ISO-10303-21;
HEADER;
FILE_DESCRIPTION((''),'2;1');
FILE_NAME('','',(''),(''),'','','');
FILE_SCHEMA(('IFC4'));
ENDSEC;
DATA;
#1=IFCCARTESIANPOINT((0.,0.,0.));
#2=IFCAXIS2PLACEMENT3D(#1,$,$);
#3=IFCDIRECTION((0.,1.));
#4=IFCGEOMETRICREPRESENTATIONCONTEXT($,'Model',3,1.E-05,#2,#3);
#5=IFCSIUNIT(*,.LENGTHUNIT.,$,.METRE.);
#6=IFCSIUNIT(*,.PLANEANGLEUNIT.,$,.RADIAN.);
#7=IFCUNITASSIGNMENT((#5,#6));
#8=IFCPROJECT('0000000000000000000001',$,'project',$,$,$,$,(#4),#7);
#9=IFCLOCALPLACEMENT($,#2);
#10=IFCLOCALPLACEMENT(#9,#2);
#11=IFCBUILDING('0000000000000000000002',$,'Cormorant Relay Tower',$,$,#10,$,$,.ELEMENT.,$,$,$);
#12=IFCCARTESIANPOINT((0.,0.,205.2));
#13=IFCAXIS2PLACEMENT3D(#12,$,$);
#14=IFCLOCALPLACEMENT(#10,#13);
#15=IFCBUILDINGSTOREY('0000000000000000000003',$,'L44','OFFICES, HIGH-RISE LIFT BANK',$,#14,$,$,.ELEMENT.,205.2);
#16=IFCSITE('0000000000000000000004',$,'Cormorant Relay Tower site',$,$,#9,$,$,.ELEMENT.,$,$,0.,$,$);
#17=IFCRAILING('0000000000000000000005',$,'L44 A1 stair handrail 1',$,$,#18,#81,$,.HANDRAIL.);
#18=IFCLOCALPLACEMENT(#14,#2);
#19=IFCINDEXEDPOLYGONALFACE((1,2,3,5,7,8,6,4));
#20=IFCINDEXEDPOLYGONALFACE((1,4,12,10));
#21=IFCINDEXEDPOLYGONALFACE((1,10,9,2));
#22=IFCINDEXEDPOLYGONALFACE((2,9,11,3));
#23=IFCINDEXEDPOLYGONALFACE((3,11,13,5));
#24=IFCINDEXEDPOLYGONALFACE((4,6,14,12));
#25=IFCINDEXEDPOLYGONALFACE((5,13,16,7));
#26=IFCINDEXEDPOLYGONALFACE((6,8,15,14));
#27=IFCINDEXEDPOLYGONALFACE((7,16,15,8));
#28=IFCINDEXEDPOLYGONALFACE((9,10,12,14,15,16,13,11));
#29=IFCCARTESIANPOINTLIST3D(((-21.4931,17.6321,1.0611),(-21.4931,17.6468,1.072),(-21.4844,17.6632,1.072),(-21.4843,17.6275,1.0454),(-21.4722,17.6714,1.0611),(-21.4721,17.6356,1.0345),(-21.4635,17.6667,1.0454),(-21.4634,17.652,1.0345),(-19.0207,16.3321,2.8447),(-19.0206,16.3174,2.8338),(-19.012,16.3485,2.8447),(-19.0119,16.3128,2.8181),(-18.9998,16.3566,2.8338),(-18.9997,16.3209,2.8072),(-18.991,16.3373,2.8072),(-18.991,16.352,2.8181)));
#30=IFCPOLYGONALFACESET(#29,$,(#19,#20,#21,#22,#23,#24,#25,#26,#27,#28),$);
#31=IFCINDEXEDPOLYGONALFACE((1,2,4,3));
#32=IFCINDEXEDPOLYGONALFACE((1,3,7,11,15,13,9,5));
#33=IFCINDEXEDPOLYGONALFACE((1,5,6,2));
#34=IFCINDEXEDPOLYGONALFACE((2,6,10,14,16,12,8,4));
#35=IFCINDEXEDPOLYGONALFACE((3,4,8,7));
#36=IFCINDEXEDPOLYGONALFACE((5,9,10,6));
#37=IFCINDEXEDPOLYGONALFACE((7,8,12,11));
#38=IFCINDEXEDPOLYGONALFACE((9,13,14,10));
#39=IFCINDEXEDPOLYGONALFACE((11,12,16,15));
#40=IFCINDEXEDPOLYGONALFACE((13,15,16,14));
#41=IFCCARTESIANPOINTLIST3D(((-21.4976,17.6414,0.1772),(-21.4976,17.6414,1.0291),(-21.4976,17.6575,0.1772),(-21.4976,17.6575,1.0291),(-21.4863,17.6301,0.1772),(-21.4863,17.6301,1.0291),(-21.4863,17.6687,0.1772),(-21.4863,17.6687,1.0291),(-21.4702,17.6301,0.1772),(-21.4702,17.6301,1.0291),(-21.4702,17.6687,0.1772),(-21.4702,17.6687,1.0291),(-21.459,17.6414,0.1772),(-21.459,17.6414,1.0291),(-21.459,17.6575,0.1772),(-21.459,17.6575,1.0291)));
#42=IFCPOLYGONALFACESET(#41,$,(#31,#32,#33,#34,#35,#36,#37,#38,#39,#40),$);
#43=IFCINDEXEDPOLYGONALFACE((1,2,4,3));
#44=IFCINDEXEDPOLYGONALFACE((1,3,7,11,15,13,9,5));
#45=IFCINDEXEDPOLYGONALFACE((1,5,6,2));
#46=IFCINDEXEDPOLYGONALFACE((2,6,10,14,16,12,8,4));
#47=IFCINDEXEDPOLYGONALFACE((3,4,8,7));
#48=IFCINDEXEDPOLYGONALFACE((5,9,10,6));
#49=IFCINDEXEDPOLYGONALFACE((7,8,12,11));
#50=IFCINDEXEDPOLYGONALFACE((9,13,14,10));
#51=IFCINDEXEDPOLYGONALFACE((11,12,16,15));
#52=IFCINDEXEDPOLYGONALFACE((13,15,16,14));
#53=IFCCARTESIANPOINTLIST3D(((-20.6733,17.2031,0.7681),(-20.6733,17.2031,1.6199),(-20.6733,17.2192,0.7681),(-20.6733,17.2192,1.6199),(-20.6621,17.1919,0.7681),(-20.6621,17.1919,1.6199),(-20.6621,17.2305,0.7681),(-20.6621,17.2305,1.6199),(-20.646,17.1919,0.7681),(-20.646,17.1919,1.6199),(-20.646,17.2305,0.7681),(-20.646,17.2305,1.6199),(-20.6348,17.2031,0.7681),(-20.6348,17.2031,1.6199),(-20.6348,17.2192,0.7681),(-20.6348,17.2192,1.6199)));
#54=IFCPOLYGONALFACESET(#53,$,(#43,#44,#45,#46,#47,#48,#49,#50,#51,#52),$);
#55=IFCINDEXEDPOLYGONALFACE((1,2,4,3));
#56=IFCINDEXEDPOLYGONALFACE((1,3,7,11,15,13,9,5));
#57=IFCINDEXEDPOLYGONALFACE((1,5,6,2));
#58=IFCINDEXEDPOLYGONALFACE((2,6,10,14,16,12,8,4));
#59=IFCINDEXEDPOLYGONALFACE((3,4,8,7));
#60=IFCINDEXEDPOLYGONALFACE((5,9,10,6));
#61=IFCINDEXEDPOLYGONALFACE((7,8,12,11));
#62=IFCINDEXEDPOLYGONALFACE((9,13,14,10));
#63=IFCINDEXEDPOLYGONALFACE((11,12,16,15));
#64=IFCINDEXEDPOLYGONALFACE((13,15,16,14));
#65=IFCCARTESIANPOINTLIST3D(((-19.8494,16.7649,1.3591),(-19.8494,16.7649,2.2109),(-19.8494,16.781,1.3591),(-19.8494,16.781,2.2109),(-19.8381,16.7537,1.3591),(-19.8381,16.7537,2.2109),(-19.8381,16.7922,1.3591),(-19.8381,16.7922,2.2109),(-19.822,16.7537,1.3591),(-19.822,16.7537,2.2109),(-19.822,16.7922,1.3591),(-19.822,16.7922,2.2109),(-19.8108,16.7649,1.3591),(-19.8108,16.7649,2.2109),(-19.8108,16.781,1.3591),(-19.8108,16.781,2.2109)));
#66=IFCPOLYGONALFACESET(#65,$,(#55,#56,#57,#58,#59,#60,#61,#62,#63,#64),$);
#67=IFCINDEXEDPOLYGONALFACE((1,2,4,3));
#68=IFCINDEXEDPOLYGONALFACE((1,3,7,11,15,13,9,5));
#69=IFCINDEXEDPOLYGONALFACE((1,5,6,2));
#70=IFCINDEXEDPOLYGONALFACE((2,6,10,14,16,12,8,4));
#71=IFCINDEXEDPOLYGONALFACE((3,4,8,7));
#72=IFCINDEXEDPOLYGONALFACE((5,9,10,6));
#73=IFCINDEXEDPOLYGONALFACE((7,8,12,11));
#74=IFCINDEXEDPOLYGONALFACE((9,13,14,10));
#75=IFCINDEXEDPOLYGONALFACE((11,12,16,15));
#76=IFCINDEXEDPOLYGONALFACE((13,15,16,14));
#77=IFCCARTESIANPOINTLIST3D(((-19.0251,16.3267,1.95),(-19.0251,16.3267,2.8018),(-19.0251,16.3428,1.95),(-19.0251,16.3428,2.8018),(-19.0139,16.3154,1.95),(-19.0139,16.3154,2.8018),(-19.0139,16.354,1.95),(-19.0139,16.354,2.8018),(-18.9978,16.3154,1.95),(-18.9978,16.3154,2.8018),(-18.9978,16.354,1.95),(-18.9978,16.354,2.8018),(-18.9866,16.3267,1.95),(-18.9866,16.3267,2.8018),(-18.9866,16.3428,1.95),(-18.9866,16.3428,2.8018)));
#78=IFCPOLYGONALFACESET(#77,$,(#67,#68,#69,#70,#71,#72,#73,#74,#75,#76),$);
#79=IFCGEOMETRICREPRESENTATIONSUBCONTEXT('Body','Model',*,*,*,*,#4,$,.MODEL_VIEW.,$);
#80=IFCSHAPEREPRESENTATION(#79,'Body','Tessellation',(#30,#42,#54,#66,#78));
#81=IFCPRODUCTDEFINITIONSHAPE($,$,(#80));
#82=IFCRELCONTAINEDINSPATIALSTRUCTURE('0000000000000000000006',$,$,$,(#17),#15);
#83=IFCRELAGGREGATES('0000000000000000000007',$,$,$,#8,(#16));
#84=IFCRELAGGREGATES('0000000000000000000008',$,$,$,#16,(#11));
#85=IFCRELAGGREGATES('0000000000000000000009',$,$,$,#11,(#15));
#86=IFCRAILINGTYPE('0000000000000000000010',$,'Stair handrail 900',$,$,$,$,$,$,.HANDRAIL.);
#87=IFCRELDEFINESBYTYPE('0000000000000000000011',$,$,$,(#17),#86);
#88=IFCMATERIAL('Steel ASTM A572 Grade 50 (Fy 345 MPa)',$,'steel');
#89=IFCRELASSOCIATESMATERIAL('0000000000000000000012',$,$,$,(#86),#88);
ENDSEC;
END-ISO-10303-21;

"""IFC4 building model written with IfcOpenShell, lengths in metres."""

from ifc_helpers import new_model, si_unit, direction, frame, origin, place, context, subcontext, project, spatial, polyline, outline, extrude, material, type_object, element, save


model = new_model("IFC4")

# Units and contexts
model_context = context("Model", 3, precision=1e-05, world=origin(), true_north=direction((0.0, 1.0)))
body_context = subcontext(model_context, "Body", "Model", "MODEL_VIEW")
ifc_project = project(units=[si_unit("LENGTHUNIT", "METRE"), si_unit("PLANEANGLEUNIT", "RADIAN")], contexts=[model_context])

# Site, building, storey
site_placement = place(None, origin())
site = spatial("IfcSite", under=ifc_project, at=site_placement, Name="Cormorant Relay Tower site", CompositionType="ELEMENT", RefElevation=0.0)
building_placement = place(site_placement, origin())
building = spatial("IfcBuilding", under=site, at=building_placement, Name="Cormorant Relay Tower", CompositionType="ELEMENT")
storey_placement = place(building_placement, frame((0.0, 0.0, 205.2)))
storey = spatial("IfcBuildingStorey", under=building, at=storey_placement, Name="L44", Description="OFFICES, HIGH-RISE LIFT BANK", CompositionType="ELEMENT", Elevation=205.2)

# Railing
ifc_material_1 = material(Name="Steel ASTM A572 Grade 50 (Fy 345 MPa)", Category="steel")
railing_type = type_object("IfcRailingType", Name="Stair handrail 900", PredefinedType="HANDRAIL", material=ifc_material_1)
railing_placement = place(storey_placement, frame((-21.4783, 17.6494, 0.1772)))
element("IfcRailing", 1, at=railing_placement, inside=storey, type_object=railing_type, Name="L44 A1 stair handrail 1", PredefinedType="HANDRAIL", context=body_context, shape_type="SweptSolid", body=[
    extrude(outline(polyline([(0.0222, 0.0093), (0.0093, 0.0222), (-0.0093, 0.0222), (-0.0222, 0.0093), (-0.0222, -0.0093), (-0.0093, -0.0222), (0.0093, -0.0222), (0.0222, -0.0093), (0.0222, 0.0093)])), frame((0.0, 0.0, 0.876), z_axis=(0.746012, -0.39669, 0.534886), x_axis=(0.469497, 0.882934, 0.0)), (0.0, 0.0, 1.0), 3.3142),
    extrude(outline(polyline([(0.0193, 0.0081), (0.0081, 0.0193), (-0.0081, 0.0193), (-0.0193, 0.0081), (-0.0193, -0.0081), (-0.0081, -0.0193), (0.0081, -0.0193), (0.0193, -0.0081), (0.0193, 0.0081)])), origin(), (0.0, 0.0, 1.0), 0.8518),
    extrude(outline(polyline([(0.0193, 0.0081), (0.0081, 0.0193), (-0.0081, 0.0193), (-0.0193, 0.0081), (-0.0193, -0.0081), (-0.0081, -0.0193), (0.0081, -0.0193), (0.0193, -0.0081), (0.0193, 0.0081)])), frame((0.8242, -0.4382, 0.5908)), (0.0, 0.0, 1.0), 0.8518),
    extrude(outline(polyline([(0.0193, 0.0081), (0.0081, 0.0193), (-0.0081, 0.0193), (-0.0193, 0.0081), (-0.0193, -0.0081), (-0.0081, -0.0193), (0.0081, -0.0193), (0.0193, -0.0081), (0.0193, 0.0081)])), frame((1.6482, -0.8765, 1.1819)), (0.0, 0.0, 1.0), 0.8518),
    extrude(outline(polyline([(0.0193, 0.0081), (0.0081, 0.0193), (-0.0081, 0.0193), (-0.0193, 0.0081), (-0.0193, -0.0081), (-0.0081, -0.0193), (0.0081, -0.0193), (0.0193, -0.0081), (0.0193, 0.0081)])), frame((2.4724, -1.3147, 1.7727)), (0.0, 0.0, 1.0), 0.8518),
])

save(model, "model.ifc")
